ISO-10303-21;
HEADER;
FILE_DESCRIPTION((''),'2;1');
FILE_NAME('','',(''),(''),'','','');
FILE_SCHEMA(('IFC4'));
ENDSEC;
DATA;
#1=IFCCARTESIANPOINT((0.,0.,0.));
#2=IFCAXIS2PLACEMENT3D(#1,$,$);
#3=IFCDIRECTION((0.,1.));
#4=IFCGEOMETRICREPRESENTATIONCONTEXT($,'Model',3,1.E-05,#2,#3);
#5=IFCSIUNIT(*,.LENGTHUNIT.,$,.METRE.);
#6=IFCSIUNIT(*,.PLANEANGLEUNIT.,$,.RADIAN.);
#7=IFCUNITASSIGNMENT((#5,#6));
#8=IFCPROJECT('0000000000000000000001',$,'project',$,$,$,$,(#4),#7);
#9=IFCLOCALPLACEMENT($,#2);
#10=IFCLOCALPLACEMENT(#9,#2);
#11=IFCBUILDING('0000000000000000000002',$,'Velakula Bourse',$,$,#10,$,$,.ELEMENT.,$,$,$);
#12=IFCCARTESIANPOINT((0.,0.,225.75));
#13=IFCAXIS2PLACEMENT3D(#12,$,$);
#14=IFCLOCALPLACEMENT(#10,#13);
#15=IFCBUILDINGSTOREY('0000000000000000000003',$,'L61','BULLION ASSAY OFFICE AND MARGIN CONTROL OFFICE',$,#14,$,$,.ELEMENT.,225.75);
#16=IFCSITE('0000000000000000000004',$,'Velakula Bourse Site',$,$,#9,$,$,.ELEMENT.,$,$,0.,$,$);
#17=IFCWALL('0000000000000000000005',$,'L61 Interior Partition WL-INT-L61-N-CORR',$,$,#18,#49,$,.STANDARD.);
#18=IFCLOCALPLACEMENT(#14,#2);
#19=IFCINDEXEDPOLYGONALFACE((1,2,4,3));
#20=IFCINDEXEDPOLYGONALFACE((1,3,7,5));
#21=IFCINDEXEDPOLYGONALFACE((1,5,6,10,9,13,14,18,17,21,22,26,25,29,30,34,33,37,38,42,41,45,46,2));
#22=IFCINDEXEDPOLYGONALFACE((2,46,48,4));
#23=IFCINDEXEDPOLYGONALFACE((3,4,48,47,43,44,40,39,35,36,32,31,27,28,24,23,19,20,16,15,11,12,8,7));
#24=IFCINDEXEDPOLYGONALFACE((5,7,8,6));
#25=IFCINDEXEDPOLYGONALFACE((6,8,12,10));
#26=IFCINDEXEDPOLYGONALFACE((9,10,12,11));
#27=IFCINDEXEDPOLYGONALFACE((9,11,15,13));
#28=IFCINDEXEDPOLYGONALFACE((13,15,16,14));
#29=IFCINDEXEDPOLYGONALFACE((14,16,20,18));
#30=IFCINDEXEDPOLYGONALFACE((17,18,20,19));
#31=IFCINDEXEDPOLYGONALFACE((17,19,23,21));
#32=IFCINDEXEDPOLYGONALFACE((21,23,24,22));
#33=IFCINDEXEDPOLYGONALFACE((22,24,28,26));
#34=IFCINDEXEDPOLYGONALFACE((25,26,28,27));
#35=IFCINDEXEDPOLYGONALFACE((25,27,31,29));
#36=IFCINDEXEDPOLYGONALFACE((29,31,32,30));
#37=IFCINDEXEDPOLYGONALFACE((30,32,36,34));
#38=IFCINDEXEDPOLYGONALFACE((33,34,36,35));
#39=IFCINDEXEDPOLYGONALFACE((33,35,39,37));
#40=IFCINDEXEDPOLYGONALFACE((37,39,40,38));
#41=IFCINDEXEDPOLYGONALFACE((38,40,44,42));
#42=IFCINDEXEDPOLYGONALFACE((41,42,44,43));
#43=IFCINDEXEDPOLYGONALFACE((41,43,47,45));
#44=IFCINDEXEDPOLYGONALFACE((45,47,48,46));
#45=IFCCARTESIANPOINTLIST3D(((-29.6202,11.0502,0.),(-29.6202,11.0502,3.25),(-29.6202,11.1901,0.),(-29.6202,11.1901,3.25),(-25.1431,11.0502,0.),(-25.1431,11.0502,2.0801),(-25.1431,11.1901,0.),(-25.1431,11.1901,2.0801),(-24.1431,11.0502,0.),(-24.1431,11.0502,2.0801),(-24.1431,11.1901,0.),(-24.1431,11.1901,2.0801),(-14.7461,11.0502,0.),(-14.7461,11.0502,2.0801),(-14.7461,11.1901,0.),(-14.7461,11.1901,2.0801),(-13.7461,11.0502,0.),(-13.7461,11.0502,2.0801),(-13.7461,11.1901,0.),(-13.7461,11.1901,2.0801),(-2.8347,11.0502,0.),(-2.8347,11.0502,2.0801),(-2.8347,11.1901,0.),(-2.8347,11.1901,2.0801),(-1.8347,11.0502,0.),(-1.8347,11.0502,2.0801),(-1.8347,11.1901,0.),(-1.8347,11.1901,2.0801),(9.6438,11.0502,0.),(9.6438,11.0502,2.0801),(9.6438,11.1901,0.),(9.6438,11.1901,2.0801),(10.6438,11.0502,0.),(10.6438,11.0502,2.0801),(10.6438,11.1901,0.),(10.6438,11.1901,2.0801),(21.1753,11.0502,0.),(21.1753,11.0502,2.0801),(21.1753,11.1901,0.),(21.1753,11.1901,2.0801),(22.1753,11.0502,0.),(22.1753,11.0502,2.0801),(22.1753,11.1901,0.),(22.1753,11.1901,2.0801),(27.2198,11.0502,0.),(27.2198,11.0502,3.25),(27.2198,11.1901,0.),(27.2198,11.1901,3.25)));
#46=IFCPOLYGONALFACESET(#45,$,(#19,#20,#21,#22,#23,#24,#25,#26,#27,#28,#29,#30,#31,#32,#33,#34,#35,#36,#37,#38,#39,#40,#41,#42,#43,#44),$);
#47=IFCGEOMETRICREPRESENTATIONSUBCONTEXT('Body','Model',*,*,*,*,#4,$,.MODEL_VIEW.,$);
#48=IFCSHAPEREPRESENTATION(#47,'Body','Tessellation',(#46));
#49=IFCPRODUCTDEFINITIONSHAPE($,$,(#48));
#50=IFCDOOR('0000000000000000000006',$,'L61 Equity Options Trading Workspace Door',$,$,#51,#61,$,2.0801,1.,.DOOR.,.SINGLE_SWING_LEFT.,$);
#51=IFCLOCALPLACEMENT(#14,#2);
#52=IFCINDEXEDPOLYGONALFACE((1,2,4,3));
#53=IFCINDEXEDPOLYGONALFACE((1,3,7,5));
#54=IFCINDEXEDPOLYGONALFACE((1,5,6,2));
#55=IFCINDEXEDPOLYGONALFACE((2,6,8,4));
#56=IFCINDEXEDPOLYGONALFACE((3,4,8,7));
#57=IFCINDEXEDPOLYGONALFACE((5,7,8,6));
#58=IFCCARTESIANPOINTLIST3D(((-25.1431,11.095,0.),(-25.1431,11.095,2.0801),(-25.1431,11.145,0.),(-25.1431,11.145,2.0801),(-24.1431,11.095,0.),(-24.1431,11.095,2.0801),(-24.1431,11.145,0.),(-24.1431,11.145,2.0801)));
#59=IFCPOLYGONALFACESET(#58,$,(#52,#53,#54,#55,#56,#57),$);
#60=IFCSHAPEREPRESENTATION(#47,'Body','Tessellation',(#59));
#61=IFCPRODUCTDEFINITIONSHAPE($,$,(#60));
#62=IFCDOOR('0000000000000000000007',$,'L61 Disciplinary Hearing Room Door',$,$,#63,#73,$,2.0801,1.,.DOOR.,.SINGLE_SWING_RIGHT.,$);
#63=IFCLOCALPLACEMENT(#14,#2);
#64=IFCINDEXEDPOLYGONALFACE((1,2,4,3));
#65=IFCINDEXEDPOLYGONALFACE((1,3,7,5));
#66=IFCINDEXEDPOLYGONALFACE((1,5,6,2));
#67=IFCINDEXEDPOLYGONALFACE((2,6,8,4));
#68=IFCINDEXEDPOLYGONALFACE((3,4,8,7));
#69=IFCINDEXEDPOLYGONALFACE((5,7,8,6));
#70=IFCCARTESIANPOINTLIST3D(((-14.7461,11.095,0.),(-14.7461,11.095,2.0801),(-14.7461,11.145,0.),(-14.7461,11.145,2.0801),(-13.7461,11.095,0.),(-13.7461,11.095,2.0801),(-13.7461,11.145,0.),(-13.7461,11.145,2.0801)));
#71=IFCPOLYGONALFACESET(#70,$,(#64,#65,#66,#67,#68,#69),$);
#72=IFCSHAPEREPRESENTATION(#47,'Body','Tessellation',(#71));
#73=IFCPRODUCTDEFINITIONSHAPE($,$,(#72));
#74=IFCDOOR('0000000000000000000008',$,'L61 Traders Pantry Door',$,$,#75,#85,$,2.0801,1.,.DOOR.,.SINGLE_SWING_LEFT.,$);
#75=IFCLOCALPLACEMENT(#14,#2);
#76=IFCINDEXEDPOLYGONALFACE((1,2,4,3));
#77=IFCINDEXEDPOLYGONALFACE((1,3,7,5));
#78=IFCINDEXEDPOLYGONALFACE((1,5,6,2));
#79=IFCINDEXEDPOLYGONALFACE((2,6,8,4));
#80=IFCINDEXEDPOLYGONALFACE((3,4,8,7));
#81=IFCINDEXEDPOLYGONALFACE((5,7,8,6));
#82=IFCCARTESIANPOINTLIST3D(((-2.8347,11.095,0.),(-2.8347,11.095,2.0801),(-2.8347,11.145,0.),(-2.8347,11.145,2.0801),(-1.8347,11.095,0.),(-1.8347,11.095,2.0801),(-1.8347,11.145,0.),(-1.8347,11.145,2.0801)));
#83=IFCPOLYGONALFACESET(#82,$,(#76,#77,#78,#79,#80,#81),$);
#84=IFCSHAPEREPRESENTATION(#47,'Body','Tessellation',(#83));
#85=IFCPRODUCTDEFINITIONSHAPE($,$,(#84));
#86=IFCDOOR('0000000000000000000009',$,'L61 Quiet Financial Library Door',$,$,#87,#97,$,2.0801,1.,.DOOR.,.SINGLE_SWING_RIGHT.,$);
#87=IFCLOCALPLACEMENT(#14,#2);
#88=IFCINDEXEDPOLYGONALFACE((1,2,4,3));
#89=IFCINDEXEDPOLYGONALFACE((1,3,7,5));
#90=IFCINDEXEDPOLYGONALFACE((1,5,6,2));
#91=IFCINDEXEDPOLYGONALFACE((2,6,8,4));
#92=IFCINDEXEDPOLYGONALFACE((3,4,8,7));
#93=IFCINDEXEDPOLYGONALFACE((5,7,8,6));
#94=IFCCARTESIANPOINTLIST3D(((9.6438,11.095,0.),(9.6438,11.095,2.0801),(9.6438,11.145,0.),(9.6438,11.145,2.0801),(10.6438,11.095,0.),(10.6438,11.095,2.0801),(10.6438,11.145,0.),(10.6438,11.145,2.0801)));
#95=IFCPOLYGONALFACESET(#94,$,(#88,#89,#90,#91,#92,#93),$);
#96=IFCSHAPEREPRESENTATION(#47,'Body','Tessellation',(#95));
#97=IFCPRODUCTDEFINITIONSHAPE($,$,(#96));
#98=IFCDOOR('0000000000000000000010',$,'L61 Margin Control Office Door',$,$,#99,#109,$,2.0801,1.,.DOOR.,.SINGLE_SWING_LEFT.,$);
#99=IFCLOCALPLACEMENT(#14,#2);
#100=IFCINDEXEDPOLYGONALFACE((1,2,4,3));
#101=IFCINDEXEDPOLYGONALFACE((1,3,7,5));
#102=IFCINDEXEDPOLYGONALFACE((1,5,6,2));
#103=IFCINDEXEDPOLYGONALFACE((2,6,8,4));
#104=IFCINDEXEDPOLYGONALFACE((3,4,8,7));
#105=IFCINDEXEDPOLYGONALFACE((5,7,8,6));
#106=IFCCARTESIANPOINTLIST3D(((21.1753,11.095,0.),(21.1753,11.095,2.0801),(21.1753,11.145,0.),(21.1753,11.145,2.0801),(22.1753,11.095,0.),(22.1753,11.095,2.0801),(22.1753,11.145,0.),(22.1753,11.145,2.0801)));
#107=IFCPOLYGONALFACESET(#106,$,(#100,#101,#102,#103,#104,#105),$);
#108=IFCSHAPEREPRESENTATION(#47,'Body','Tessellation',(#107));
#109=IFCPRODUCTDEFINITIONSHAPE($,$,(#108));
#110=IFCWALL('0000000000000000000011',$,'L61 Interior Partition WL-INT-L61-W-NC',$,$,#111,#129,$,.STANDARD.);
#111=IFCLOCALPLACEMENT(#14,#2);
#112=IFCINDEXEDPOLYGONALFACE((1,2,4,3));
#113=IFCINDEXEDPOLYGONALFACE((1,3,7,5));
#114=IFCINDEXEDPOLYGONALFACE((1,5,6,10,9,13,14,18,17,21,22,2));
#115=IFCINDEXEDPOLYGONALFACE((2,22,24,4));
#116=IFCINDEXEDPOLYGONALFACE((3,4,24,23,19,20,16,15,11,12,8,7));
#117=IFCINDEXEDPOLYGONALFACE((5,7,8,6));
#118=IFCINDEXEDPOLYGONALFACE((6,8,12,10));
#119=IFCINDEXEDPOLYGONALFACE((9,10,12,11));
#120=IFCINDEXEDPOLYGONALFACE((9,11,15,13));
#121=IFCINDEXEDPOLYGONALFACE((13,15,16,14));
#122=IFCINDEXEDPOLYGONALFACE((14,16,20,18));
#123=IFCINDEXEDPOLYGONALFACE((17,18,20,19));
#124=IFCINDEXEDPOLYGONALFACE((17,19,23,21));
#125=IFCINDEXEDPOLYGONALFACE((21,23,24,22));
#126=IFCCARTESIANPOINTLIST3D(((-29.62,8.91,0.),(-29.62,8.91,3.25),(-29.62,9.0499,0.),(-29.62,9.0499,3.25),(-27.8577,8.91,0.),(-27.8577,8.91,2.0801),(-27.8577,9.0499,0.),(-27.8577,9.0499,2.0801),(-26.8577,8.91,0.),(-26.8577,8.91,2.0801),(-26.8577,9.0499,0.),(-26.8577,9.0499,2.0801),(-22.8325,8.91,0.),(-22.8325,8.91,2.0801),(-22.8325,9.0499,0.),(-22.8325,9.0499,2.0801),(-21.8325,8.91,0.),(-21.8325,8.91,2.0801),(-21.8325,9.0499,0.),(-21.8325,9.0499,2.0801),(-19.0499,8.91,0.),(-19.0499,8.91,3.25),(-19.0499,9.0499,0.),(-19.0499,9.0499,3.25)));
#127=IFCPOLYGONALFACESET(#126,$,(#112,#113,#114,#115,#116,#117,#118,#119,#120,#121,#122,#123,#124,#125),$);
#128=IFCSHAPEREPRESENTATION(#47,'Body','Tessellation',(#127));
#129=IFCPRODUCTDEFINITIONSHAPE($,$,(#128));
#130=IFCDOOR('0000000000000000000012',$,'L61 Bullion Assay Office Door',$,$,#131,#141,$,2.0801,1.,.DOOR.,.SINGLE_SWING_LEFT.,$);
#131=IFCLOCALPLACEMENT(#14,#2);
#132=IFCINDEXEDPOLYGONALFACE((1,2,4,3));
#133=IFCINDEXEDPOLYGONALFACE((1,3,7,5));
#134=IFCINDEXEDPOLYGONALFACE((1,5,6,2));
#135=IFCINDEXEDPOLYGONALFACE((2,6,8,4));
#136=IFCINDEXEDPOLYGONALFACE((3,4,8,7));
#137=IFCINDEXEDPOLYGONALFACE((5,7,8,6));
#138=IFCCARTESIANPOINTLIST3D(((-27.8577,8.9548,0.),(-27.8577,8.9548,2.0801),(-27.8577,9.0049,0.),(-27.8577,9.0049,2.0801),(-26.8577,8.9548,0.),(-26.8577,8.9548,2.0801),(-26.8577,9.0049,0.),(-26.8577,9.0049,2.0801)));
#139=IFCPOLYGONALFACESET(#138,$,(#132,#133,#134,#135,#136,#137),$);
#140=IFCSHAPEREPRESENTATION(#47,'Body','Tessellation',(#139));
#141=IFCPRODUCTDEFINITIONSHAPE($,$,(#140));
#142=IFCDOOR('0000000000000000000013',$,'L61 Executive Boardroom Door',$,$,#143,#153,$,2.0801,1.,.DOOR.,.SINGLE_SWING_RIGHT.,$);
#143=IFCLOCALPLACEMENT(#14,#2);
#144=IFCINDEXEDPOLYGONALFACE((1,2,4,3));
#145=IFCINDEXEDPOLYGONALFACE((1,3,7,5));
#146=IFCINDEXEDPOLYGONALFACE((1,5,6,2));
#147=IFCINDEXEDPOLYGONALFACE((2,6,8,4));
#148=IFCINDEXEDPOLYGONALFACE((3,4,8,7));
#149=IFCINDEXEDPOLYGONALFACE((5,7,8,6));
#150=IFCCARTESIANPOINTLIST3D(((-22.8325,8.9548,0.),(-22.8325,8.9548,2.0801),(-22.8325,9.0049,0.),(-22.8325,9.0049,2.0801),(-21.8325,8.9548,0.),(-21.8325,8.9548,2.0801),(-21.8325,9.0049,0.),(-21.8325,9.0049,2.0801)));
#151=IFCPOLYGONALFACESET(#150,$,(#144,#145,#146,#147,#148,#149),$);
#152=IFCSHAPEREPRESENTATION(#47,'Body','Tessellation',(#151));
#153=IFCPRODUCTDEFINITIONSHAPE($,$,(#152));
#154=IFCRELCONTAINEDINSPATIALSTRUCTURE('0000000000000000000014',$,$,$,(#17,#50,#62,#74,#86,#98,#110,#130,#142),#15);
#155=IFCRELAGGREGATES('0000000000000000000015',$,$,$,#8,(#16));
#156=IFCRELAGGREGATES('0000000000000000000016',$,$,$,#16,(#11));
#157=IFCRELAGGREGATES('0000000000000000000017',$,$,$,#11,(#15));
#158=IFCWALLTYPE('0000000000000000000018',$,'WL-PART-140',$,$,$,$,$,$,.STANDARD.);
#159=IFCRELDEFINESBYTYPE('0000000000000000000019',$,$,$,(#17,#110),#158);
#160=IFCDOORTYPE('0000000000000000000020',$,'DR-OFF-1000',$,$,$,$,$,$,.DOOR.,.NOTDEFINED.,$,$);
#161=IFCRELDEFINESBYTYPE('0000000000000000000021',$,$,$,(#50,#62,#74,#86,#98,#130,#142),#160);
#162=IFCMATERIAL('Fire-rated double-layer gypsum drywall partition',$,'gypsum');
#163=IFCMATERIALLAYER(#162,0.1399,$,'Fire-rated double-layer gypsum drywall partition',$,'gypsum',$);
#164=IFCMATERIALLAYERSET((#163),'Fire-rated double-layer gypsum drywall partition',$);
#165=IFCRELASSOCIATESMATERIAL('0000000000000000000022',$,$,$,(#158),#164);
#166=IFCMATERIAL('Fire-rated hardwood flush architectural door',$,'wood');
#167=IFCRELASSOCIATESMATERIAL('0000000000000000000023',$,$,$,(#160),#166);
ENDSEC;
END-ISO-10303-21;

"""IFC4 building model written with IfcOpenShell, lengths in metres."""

from ifc_helpers import new_model, si_unit, direction, frame, frame_2d, origin, place, context, subcontext, project, spatial, rectangle, extrude, material, layer, layer_set, type_object, element, fill, save


model = new_model("IFC4")

# Units and contexts
model_context = context("Model", 3, precision=1e-05, world=origin(), true_north=direction((0.0, 1.0)))
body_context = subcontext(model_context, "Body", "Model", "MODEL_VIEW")
ifc_project = project(units=[si_unit("LENGTHUNIT", "METRE"), si_unit("PLANEANGLEUNIT", "RADIAN")], contexts=[model_context])

# Site, building, storey
site_placement = place(None, origin())
site = spatial("IfcSite", under=ifc_project, at=site_placement, Name="Velakula Bourse Site", CompositionType="ELEMENT", RefElevation=0.0)
building_placement = place(site_placement, origin())
building = spatial("IfcBuilding", under=site, at=building_placement, Name="Velakula Bourse", CompositionType="ELEMENT")
storey_placement = place(building_placement, frame((0.0, 0.0, 225.75)))
storey = spatial("IfcBuildingStorey", under=building, at=storey_placement, Name="L61", Description="BULLION ASSAY OFFICE AND MARGIN CONTROL OFFICE", CompositionType="ELEMENT", Elevation=225.75)

# Shared definitions
ifc_material_1 = material(Name="Fire-rated hardwood flush architectural door", Category="wood")

# Shared definitions
ifc_material_2 = material(Name="Fire-rated double-layer gypsum drywall partition", Category="gypsum")

# Walls, openings, doors
ifc_layer_1 = layer(ifc_material_2, 0.1399, Name="Fire-rated double-layer gypsum drywall partition", Category="gypsum")
ifc_layer_set_1 = layer_set([ifc_layer_1], Name="Fire-rated double-layer gypsum drywall partition")
wall_type_1 = type_object("IfcWallType", Name="WL-PART-140", PredefinedType="STANDARD", material=ifc_layer_set_1)
wall_1_placement = place(storey_placement, frame((-29.6201, 11.1201, 0.0), z_axis=(0.0, 0.0, 1.0), x_axis=(1.0, 0.0, 0.0)))
wall_1 = element("IfcWall", 1, at=wall_1_placement, inside=storey, type_object=wall_type_1, Name="L61 Interior Partition WL-INT-L61-N-CORR", PredefinedType="STANDARD", context=body_context, shape_type="SweptSolid", body=[
    extrude(rectangle(XDim=56.8401, YDim=0.1399, at=frame_2d((28.4199, 0.0))), origin(), (0.0, 0.0, 1.0), 3.25),
])
opening_1_placement = place(wall_1_placement, frame((4.4771, 0.0, 0.0)))
opening_1 = element("IfcOpeningElement", 2, at=opening_1_placement, cuts=wall_1, PredefinedType="OPENING", context=body_context, shape_type="SweptSolid", body=[
    extrude(rectangle(XDim=1.0, YDim=2.0801, at=frame_2d((0.5, 1.04))), frame((0.0, 0.0798, 0.0), z_axis=(0.0, -1.0, 0.0), x_axis=(1.0, 0.0, 0.0)), (0.0, 0.0, 1.0), 0.1599),
])
opening_2_placement = place(wall_1_placement, frame((14.874, 0.0, 0.0)))
opening_2 = element("IfcOpeningElement", 3, at=opening_2_placement, cuts=wall_1, PredefinedType="OPENING", context=body_context, shape_type="SweptSolid", body=[
    extrude(rectangle(XDim=1.0, YDim=2.0801, at=frame_2d((0.5, 1.04))), frame((0.0, 0.0798, 0.0), z_axis=(0.0, -1.0, 0.0), x_axis=(1.0, 0.0, 0.0)), (0.0, 0.0, 1.0), 0.1599),
])
opening_3_placement = place(wall_1_placement, frame((26.7854, 0.0, 0.0)))
opening_3 = element("IfcOpeningElement", 4, at=opening_3_placement, cuts=wall_1, PredefinedType="OPENING", context=body_context, shape_type="SweptSolid", body=[
    extrude(rectangle(XDim=1.0, YDim=2.0801, at=frame_2d((0.5, 1.04))), frame((0.0, 0.0798, 0.0), z_axis=(0.0, -1.0, 0.0), x_axis=(1.0, 0.0, 0.0)), (0.0, 0.0, 1.0), 0.1599),
])
opening_4_placement = place(wall_1_placement, frame((39.2639, 0.0, 0.0)))
opening_4 = element("IfcOpeningElement", 5, at=opening_4_placement, cuts=wall_1, PredefinedType="OPENING", context=body_context, shape_type="SweptSolid", body=[
    extrude(rectangle(XDim=1.0, YDim=2.0801, at=frame_2d((0.5, 1.04))), frame((0.0, 0.0798, 0.0), z_axis=(0.0, -1.0, 0.0), x_axis=(1.0, 0.0, 0.0)), (0.0, 0.0, 1.0), 0.1599),
])
opening_5_placement = place(wall_1_placement, frame((50.7954, 0.0, 0.0)))
opening_5 = element("IfcOpeningElement", 6, at=opening_5_placement, cuts=wall_1, PredefinedType="OPENING", context=body_context, shape_type="SweptSolid", body=[
    extrude(rectangle(XDim=1.0, YDim=2.0801, at=frame_2d((0.5, 1.04))), frame((0.0, 0.0798, 0.0), z_axis=(0.0, -1.0, 0.0), x_axis=(1.0, 0.0, 0.0)), (0.0, 0.0, 1.0), 0.1599),
])
door_type_1 = type_object("IfcDoorType", Name="DR-OFF-1000", OperationType="NOTDEFINED", PredefinedType="DOOR", material=ifc_material_1)
door_1_placement = place(opening_1_placement, origin())
door_1 = element("IfcDoor", 7, at=door_1_placement, inside=storey, type_object=door_type_1, Name="L61 Equity Options Trading Workspace Door", OperationType="SINGLE_SWING_LEFT", OverallHeight=2.0801, OverallWidth=1.0, PredefinedType="DOOR", context=body_context, shape_type="SweptSolid", body=[
    extrude(rectangle(XDim=1.0, YDim=2.0801, at=frame_2d((0.5, 1.04))), frame((0.0, 0.0249, 0.0), z_axis=(0.0, -1.0, 0.0), x_axis=(1.0, 0.0, 0.0)), (0.0, 0.0, 1.0), 0.05),
])
fill(opening_1, door_1)
door_2_placement = place(opening_2_placement, origin())
door_2 = element("IfcDoor", 8, at=door_2_placement, inside=storey, type_object=door_type_1, Name="L61 Disciplinary Hearing Room Door", OperationType="SINGLE_SWING_RIGHT", OverallHeight=2.0801, OverallWidth=1.0, PredefinedType="DOOR", context=body_context, shape_type="SweptSolid", body=[
    extrude(rectangle(XDim=1.0, YDim=2.0801, at=frame_2d((0.5, 1.04))), frame((0.0, 0.0249, 0.0), z_axis=(0.0, -1.0, 0.0), x_axis=(1.0, 0.0, 0.0)), (0.0, 0.0, 1.0), 0.05),
])
fill(opening_2, door_2)
door_3_placement = place(opening_3_placement, origin())
door_3 = element("IfcDoor", 9, at=door_3_placement, inside=storey, type_object=door_type_1, Name="L61 Traders Pantry Door", OperationType="SINGLE_SWING_LEFT", OverallHeight=2.0801, OverallWidth=1.0, PredefinedType="DOOR", context=body_context, shape_type="SweptSolid", body=[
    extrude(rectangle(XDim=1.0, YDim=2.0801, at=frame_2d((0.5, 1.04))), frame((0.0, 0.0249, 0.0), z_axis=(0.0, -1.0, 0.0), x_axis=(1.0, 0.0, 0.0)), (0.0, 0.0, 1.0), 0.05),
])
fill(opening_3, door_3)
door_4_placement = place(opening_4_placement, origin())
door_4 = element("IfcDoor", 10, at=door_4_placement, inside=storey, type_object=door_type_1, Name="L61 Quiet Financial Library Door", OperationType="SINGLE_SWING_RIGHT", OverallHeight=2.0801, OverallWidth=1.0, PredefinedType="DOOR", context=body_context, shape_type="SweptSolid", body=[
    extrude(rectangle(XDim=1.0, YDim=2.0801, at=frame_2d((0.5, 1.04))), frame((0.0, 0.0249, 0.0), z_axis=(0.0, -1.0, 0.0), x_axis=(1.0, 0.0, 0.0)), (0.0, 0.0, 1.0), 0.05),
])
fill(opening_4, door_4)
door_5_placement = place(opening_5_placement, origin())
door_5 = element("IfcDoor", 11, at=door_5_placement, inside=storey, type_object=door_type_1, Name="L61 Margin Control Office Door", OperationType="SINGLE_SWING_LEFT", OverallHeight=2.0801, OverallWidth=1.0, PredefinedType="DOOR", context=body_context, shape_type="SweptSolid", body=[
    extrude(rectangle(XDim=1.0, YDim=2.0801, at=frame_2d((0.5, 1.04))), frame((0.0, 0.0249, 0.0), z_axis=(0.0, -1.0, 0.0), x_axis=(1.0, 0.0, 0.0)), (0.0, 0.0, 1.0), 0.05),
])
fill(opening_5, door_5)
wall_2_placement = place(storey_placement, frame((-29.6201, 8.98, 0.0), z_axis=(0.0, 0.0, 1.0), x_axis=(1.0, 0.0, 0.0)))
wall_2 = element("IfcWall", 12, at=wall_2_placement, inside=storey, type_object=wall_type_1, Name="L61 Interior Partition WL-INT-L61-W-NC", PredefinedType="STANDARD", context=body_context, shape_type="SweptSolid", body=[
    extrude(rectangle(XDim=10.5701, YDim=0.1399, at=frame_2d((5.2852, 0.0))), origin(), (0.0, 0.0, 1.0), 3.25),
])
opening_6_placement = place(wall_2_placement, frame((1.7625, 0.0, 0.0)))
opening_6 = element("IfcOpeningElement", 13, at=opening_6_placement, cuts=wall_2, PredefinedType="OPENING", context=body_context, shape_type="SweptSolid", body=[
    extrude(rectangle(XDim=1.0, YDim=2.0801, at=frame_2d((0.5, 1.04))), frame((0.0, 0.0798, 0.0), z_axis=(0.0, -1.0, 0.0), x_axis=(1.0, 0.0, 0.0)), (0.0, 0.0, 1.0), 0.1599),
])
opening_7_placement = place(wall_2_placement, frame((6.7876, 0.0, 0.0)))
opening_7 = element("IfcOpeningElement", 14, at=opening_7_placement, cuts=wall_2, PredefinedType="OPENING", context=body_context, shape_type="SweptSolid", body=[
    extrude(rectangle(XDim=1.0, YDim=2.0801, at=frame_2d((0.5, 1.04))), frame((0.0, 0.0798, 0.0), z_axis=(0.0, -1.0, 0.0), x_axis=(1.0, 0.0, 0.0)), (0.0, 0.0, 1.0), 0.1599),
])
door_6_placement = place(opening_6_placement, origin())
door_6 = element("IfcDoor", 15, at=door_6_placement, inside=storey, type_object=door_type_1, Name="L61 Bullion Assay Office Door", OperationType="SINGLE_SWING_LEFT", OverallHeight=2.0801, OverallWidth=1.0, PredefinedType="DOOR", context=body_context, shape_type="SweptSolid", body=[
    extrude(rectangle(XDim=1.0, YDim=2.0801, at=frame_2d((0.5, 1.04))), frame((0.0, 0.0249, 0.0), z_axis=(0.0, -1.0, 0.0), x_axis=(1.0, 0.0, 0.0)), (0.0, 0.0, 1.0), 0.05),
])
fill(opening_6, door_6)
door_7_placement = place(opening_7_placement, origin())
door_7 = element("IfcDoor", 16, at=door_7_placement, inside=storey, type_object=door_type_1, Name="L61 Executive Boardroom Door", OperationType="SINGLE_SWING_RIGHT", OverallHeight=2.0801, OverallWidth=1.0, PredefinedType="DOOR", context=body_context, shape_type="SweptSolid", body=[
    extrude(rectangle(XDim=1.0, YDim=2.0801, at=frame_2d((0.5, 1.04))), frame((0.0, 0.0249, 0.0), z_axis=(0.0, -1.0, 0.0), x_axis=(1.0, 0.0, 0.0)), (0.0, 0.0, 1.0), 0.05),
])
fill(opening_7, door_7)

save(model, "model.ifc")
